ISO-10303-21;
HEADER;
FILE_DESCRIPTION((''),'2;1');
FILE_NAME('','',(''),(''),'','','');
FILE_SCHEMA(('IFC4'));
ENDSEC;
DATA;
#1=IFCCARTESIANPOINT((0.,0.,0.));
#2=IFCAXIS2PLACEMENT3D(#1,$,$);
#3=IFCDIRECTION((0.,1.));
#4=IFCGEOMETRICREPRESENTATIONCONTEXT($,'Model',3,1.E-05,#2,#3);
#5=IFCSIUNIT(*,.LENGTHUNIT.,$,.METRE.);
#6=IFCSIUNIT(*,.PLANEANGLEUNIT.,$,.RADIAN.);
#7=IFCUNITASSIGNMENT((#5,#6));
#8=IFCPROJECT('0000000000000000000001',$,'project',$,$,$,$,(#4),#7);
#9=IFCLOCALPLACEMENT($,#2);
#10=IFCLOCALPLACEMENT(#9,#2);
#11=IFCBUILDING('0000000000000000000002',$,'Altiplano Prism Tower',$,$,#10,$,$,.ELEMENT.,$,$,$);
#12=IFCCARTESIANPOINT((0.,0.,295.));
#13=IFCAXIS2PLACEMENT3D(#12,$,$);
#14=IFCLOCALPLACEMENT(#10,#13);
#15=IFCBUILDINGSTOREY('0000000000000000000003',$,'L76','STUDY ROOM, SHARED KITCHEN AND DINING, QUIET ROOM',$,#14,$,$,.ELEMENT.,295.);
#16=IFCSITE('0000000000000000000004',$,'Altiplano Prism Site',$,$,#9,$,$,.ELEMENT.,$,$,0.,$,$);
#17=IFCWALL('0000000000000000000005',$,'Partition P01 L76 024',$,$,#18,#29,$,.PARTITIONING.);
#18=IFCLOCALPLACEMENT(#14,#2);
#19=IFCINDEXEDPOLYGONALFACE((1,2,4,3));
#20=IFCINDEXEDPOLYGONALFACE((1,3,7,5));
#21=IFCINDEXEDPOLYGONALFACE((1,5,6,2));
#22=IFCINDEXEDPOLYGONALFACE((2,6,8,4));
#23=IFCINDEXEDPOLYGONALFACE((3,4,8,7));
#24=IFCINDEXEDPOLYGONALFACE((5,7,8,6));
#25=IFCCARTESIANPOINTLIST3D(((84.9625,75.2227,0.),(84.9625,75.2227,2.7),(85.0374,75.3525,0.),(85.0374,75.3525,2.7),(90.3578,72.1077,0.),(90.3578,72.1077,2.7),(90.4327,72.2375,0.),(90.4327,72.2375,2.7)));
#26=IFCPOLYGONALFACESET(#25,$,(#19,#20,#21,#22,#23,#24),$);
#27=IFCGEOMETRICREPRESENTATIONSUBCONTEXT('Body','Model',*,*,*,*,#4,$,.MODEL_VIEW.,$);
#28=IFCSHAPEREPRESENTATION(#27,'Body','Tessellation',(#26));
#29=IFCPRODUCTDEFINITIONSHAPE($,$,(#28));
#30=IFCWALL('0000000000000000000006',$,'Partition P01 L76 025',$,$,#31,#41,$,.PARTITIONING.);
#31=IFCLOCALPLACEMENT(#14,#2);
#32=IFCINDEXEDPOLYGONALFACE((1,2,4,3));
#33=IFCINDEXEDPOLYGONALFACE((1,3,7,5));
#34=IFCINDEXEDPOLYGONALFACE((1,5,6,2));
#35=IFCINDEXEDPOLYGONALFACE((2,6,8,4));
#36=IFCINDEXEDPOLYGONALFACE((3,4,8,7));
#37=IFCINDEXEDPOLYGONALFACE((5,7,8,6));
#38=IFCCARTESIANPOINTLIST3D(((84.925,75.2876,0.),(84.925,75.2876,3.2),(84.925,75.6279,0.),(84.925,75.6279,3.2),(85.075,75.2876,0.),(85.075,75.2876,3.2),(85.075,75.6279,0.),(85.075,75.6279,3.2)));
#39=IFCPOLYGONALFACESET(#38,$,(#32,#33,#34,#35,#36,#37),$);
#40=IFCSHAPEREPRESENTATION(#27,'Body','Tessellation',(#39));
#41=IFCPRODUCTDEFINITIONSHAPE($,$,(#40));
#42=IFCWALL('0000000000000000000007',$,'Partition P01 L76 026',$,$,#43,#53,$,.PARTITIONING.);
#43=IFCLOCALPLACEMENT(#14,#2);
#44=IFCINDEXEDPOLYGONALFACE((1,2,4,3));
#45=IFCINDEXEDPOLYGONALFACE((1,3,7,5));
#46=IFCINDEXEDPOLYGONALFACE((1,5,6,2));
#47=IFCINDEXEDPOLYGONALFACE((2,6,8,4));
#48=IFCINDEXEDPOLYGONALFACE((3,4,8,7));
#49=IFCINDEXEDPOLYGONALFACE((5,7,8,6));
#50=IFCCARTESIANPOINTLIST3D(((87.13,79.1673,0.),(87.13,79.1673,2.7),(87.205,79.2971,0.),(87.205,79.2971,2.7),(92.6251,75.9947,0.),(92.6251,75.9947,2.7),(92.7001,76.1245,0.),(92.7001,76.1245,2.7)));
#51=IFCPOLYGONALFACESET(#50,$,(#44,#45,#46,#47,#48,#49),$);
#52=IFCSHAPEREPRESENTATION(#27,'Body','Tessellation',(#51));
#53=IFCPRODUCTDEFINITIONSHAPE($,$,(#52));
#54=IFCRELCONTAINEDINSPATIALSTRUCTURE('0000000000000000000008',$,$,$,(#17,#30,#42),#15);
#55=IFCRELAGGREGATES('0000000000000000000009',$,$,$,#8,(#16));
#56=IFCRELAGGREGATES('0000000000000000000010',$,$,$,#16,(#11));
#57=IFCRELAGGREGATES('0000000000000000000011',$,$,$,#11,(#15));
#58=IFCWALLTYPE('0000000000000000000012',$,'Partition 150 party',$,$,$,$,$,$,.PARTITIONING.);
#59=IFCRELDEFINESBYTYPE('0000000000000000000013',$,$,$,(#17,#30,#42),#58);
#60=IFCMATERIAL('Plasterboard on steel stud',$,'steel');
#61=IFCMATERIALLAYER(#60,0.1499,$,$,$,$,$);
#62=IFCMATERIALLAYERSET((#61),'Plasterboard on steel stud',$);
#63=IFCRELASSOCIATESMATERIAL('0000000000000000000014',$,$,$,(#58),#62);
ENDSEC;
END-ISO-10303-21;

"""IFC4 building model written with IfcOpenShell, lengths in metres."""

from ifc_helpers import new_model, si_unit, direction, frame, frame_2d, origin, place, context, subcontext, project, spatial, rectangle, extrude, material, layer, layer_set, type_object, element, save


model = new_model("IFC4")

# Units and contexts
model_context = context("Model", 3, precision=1e-05, world=origin(), true_north=direction((0.0, 1.0)))
body_context = subcontext(model_context, "Body", "Model", "MODEL_VIEW")
ifc_project = project(units=[si_unit("LENGTHUNIT", "METRE"), si_unit("PLANEANGLEUNIT", "RADIAN")], contexts=[model_context])

# Site, building, storey
site_placement = place(None, origin())
site = spatial("IfcSite", under=ifc_project, at=site_placement, Name="Altiplano Prism Site", CompositionType="ELEMENT", RefElevation=0.0)
building_placement = place(site_placement, origin())
building = spatial("IfcBuilding", under=site, at=building_placement, Name="Altiplano Prism Tower", CompositionType="ELEMENT")
storey_placement = place(building_placement, frame((0.0, 0.0, 295.0)))
storey = spatial("IfcBuildingStorey", under=building, at=storey_placement, Name="L76", Description="STUDY ROOM, SHARED KITCHEN AND DINING, QUIET ROOM", CompositionType="ELEMENT", Elevation=295.0)

# Shared definitions
ifc_material_1 = material(Name="Plasterboard on steel stud", Category="steel")

# Walls
ifc_layer_1 = layer(ifc_material_1, 0.1499)
ifc_layer_set_1 = layer_set([ifc_layer_1], Name="Plasterboard on steel stud")
wall_type_1 = type_object("IfcWallType", Name="Partition 150 party", PredefinedType="PARTITIONING", material=ifc_layer_set_1)
wall_1_placement = place(storey_placement, frame((90.3953, 72.1726, 0.0), z_axis=(0.0, 0.0, 1.0), x_axis=(-0.866023, 0.500004, 0.0)))
element("IfcWall", 1, at=wall_1_placement, inside=storey, type_object=wall_type_1, Name="Partition P01 L76 024", PredefinedType="PARTITIONING", context=body_context, shape_type="SweptSolid", body=[
    extrude(rectangle(XDim=6.23, YDim=0.1499, at=frame_2d((3.115, 0.0))), origin(), (0.0, 0.0, 1.0), 2.7),
])
wall_2_placement = place(storey_placement, frame((85.0, 75.2876, 0.0), z_axis=(0.0, 0.0, 1.0), x_axis=(0.0, 1.0, 0.0)))
element("IfcWall", 2, at=wall_2_placement, inside=storey, type_object=wall_type_1, Name="Partition P01 L76 025", PredefinedType="PARTITIONING", context=body_context, shape_type="SweptSolid", body=[
    extrude(rectangle(XDim=0.3403, YDim=0.1499, at=frame_2d((0.1702, 0.0))), origin(), (0.0, 0.0, 1.0), 3.2),
])
wall_3_placement = place(storey_placement, frame((92.6626, 76.0596, 0.0), z_axis=(0.0, 0.0, 1.0), x_axis=(-0.866025, 0.5, 0.0)))
element("IfcWall", 3, at=wall_3_placement, inside=storey, type_object=wall_type_1, Name="Partition P01 L76 026", PredefinedType="PARTITIONING", context=body_context, shape_type="SweptSolid", body=[
    extrude(rectangle(XDim=6.3452, YDim=0.1499, at=frame_2d((3.1726, 0.0))), origin(), (0.0, 0.0, 1.0), 2.7),
])

save(model, "model.ifc")
